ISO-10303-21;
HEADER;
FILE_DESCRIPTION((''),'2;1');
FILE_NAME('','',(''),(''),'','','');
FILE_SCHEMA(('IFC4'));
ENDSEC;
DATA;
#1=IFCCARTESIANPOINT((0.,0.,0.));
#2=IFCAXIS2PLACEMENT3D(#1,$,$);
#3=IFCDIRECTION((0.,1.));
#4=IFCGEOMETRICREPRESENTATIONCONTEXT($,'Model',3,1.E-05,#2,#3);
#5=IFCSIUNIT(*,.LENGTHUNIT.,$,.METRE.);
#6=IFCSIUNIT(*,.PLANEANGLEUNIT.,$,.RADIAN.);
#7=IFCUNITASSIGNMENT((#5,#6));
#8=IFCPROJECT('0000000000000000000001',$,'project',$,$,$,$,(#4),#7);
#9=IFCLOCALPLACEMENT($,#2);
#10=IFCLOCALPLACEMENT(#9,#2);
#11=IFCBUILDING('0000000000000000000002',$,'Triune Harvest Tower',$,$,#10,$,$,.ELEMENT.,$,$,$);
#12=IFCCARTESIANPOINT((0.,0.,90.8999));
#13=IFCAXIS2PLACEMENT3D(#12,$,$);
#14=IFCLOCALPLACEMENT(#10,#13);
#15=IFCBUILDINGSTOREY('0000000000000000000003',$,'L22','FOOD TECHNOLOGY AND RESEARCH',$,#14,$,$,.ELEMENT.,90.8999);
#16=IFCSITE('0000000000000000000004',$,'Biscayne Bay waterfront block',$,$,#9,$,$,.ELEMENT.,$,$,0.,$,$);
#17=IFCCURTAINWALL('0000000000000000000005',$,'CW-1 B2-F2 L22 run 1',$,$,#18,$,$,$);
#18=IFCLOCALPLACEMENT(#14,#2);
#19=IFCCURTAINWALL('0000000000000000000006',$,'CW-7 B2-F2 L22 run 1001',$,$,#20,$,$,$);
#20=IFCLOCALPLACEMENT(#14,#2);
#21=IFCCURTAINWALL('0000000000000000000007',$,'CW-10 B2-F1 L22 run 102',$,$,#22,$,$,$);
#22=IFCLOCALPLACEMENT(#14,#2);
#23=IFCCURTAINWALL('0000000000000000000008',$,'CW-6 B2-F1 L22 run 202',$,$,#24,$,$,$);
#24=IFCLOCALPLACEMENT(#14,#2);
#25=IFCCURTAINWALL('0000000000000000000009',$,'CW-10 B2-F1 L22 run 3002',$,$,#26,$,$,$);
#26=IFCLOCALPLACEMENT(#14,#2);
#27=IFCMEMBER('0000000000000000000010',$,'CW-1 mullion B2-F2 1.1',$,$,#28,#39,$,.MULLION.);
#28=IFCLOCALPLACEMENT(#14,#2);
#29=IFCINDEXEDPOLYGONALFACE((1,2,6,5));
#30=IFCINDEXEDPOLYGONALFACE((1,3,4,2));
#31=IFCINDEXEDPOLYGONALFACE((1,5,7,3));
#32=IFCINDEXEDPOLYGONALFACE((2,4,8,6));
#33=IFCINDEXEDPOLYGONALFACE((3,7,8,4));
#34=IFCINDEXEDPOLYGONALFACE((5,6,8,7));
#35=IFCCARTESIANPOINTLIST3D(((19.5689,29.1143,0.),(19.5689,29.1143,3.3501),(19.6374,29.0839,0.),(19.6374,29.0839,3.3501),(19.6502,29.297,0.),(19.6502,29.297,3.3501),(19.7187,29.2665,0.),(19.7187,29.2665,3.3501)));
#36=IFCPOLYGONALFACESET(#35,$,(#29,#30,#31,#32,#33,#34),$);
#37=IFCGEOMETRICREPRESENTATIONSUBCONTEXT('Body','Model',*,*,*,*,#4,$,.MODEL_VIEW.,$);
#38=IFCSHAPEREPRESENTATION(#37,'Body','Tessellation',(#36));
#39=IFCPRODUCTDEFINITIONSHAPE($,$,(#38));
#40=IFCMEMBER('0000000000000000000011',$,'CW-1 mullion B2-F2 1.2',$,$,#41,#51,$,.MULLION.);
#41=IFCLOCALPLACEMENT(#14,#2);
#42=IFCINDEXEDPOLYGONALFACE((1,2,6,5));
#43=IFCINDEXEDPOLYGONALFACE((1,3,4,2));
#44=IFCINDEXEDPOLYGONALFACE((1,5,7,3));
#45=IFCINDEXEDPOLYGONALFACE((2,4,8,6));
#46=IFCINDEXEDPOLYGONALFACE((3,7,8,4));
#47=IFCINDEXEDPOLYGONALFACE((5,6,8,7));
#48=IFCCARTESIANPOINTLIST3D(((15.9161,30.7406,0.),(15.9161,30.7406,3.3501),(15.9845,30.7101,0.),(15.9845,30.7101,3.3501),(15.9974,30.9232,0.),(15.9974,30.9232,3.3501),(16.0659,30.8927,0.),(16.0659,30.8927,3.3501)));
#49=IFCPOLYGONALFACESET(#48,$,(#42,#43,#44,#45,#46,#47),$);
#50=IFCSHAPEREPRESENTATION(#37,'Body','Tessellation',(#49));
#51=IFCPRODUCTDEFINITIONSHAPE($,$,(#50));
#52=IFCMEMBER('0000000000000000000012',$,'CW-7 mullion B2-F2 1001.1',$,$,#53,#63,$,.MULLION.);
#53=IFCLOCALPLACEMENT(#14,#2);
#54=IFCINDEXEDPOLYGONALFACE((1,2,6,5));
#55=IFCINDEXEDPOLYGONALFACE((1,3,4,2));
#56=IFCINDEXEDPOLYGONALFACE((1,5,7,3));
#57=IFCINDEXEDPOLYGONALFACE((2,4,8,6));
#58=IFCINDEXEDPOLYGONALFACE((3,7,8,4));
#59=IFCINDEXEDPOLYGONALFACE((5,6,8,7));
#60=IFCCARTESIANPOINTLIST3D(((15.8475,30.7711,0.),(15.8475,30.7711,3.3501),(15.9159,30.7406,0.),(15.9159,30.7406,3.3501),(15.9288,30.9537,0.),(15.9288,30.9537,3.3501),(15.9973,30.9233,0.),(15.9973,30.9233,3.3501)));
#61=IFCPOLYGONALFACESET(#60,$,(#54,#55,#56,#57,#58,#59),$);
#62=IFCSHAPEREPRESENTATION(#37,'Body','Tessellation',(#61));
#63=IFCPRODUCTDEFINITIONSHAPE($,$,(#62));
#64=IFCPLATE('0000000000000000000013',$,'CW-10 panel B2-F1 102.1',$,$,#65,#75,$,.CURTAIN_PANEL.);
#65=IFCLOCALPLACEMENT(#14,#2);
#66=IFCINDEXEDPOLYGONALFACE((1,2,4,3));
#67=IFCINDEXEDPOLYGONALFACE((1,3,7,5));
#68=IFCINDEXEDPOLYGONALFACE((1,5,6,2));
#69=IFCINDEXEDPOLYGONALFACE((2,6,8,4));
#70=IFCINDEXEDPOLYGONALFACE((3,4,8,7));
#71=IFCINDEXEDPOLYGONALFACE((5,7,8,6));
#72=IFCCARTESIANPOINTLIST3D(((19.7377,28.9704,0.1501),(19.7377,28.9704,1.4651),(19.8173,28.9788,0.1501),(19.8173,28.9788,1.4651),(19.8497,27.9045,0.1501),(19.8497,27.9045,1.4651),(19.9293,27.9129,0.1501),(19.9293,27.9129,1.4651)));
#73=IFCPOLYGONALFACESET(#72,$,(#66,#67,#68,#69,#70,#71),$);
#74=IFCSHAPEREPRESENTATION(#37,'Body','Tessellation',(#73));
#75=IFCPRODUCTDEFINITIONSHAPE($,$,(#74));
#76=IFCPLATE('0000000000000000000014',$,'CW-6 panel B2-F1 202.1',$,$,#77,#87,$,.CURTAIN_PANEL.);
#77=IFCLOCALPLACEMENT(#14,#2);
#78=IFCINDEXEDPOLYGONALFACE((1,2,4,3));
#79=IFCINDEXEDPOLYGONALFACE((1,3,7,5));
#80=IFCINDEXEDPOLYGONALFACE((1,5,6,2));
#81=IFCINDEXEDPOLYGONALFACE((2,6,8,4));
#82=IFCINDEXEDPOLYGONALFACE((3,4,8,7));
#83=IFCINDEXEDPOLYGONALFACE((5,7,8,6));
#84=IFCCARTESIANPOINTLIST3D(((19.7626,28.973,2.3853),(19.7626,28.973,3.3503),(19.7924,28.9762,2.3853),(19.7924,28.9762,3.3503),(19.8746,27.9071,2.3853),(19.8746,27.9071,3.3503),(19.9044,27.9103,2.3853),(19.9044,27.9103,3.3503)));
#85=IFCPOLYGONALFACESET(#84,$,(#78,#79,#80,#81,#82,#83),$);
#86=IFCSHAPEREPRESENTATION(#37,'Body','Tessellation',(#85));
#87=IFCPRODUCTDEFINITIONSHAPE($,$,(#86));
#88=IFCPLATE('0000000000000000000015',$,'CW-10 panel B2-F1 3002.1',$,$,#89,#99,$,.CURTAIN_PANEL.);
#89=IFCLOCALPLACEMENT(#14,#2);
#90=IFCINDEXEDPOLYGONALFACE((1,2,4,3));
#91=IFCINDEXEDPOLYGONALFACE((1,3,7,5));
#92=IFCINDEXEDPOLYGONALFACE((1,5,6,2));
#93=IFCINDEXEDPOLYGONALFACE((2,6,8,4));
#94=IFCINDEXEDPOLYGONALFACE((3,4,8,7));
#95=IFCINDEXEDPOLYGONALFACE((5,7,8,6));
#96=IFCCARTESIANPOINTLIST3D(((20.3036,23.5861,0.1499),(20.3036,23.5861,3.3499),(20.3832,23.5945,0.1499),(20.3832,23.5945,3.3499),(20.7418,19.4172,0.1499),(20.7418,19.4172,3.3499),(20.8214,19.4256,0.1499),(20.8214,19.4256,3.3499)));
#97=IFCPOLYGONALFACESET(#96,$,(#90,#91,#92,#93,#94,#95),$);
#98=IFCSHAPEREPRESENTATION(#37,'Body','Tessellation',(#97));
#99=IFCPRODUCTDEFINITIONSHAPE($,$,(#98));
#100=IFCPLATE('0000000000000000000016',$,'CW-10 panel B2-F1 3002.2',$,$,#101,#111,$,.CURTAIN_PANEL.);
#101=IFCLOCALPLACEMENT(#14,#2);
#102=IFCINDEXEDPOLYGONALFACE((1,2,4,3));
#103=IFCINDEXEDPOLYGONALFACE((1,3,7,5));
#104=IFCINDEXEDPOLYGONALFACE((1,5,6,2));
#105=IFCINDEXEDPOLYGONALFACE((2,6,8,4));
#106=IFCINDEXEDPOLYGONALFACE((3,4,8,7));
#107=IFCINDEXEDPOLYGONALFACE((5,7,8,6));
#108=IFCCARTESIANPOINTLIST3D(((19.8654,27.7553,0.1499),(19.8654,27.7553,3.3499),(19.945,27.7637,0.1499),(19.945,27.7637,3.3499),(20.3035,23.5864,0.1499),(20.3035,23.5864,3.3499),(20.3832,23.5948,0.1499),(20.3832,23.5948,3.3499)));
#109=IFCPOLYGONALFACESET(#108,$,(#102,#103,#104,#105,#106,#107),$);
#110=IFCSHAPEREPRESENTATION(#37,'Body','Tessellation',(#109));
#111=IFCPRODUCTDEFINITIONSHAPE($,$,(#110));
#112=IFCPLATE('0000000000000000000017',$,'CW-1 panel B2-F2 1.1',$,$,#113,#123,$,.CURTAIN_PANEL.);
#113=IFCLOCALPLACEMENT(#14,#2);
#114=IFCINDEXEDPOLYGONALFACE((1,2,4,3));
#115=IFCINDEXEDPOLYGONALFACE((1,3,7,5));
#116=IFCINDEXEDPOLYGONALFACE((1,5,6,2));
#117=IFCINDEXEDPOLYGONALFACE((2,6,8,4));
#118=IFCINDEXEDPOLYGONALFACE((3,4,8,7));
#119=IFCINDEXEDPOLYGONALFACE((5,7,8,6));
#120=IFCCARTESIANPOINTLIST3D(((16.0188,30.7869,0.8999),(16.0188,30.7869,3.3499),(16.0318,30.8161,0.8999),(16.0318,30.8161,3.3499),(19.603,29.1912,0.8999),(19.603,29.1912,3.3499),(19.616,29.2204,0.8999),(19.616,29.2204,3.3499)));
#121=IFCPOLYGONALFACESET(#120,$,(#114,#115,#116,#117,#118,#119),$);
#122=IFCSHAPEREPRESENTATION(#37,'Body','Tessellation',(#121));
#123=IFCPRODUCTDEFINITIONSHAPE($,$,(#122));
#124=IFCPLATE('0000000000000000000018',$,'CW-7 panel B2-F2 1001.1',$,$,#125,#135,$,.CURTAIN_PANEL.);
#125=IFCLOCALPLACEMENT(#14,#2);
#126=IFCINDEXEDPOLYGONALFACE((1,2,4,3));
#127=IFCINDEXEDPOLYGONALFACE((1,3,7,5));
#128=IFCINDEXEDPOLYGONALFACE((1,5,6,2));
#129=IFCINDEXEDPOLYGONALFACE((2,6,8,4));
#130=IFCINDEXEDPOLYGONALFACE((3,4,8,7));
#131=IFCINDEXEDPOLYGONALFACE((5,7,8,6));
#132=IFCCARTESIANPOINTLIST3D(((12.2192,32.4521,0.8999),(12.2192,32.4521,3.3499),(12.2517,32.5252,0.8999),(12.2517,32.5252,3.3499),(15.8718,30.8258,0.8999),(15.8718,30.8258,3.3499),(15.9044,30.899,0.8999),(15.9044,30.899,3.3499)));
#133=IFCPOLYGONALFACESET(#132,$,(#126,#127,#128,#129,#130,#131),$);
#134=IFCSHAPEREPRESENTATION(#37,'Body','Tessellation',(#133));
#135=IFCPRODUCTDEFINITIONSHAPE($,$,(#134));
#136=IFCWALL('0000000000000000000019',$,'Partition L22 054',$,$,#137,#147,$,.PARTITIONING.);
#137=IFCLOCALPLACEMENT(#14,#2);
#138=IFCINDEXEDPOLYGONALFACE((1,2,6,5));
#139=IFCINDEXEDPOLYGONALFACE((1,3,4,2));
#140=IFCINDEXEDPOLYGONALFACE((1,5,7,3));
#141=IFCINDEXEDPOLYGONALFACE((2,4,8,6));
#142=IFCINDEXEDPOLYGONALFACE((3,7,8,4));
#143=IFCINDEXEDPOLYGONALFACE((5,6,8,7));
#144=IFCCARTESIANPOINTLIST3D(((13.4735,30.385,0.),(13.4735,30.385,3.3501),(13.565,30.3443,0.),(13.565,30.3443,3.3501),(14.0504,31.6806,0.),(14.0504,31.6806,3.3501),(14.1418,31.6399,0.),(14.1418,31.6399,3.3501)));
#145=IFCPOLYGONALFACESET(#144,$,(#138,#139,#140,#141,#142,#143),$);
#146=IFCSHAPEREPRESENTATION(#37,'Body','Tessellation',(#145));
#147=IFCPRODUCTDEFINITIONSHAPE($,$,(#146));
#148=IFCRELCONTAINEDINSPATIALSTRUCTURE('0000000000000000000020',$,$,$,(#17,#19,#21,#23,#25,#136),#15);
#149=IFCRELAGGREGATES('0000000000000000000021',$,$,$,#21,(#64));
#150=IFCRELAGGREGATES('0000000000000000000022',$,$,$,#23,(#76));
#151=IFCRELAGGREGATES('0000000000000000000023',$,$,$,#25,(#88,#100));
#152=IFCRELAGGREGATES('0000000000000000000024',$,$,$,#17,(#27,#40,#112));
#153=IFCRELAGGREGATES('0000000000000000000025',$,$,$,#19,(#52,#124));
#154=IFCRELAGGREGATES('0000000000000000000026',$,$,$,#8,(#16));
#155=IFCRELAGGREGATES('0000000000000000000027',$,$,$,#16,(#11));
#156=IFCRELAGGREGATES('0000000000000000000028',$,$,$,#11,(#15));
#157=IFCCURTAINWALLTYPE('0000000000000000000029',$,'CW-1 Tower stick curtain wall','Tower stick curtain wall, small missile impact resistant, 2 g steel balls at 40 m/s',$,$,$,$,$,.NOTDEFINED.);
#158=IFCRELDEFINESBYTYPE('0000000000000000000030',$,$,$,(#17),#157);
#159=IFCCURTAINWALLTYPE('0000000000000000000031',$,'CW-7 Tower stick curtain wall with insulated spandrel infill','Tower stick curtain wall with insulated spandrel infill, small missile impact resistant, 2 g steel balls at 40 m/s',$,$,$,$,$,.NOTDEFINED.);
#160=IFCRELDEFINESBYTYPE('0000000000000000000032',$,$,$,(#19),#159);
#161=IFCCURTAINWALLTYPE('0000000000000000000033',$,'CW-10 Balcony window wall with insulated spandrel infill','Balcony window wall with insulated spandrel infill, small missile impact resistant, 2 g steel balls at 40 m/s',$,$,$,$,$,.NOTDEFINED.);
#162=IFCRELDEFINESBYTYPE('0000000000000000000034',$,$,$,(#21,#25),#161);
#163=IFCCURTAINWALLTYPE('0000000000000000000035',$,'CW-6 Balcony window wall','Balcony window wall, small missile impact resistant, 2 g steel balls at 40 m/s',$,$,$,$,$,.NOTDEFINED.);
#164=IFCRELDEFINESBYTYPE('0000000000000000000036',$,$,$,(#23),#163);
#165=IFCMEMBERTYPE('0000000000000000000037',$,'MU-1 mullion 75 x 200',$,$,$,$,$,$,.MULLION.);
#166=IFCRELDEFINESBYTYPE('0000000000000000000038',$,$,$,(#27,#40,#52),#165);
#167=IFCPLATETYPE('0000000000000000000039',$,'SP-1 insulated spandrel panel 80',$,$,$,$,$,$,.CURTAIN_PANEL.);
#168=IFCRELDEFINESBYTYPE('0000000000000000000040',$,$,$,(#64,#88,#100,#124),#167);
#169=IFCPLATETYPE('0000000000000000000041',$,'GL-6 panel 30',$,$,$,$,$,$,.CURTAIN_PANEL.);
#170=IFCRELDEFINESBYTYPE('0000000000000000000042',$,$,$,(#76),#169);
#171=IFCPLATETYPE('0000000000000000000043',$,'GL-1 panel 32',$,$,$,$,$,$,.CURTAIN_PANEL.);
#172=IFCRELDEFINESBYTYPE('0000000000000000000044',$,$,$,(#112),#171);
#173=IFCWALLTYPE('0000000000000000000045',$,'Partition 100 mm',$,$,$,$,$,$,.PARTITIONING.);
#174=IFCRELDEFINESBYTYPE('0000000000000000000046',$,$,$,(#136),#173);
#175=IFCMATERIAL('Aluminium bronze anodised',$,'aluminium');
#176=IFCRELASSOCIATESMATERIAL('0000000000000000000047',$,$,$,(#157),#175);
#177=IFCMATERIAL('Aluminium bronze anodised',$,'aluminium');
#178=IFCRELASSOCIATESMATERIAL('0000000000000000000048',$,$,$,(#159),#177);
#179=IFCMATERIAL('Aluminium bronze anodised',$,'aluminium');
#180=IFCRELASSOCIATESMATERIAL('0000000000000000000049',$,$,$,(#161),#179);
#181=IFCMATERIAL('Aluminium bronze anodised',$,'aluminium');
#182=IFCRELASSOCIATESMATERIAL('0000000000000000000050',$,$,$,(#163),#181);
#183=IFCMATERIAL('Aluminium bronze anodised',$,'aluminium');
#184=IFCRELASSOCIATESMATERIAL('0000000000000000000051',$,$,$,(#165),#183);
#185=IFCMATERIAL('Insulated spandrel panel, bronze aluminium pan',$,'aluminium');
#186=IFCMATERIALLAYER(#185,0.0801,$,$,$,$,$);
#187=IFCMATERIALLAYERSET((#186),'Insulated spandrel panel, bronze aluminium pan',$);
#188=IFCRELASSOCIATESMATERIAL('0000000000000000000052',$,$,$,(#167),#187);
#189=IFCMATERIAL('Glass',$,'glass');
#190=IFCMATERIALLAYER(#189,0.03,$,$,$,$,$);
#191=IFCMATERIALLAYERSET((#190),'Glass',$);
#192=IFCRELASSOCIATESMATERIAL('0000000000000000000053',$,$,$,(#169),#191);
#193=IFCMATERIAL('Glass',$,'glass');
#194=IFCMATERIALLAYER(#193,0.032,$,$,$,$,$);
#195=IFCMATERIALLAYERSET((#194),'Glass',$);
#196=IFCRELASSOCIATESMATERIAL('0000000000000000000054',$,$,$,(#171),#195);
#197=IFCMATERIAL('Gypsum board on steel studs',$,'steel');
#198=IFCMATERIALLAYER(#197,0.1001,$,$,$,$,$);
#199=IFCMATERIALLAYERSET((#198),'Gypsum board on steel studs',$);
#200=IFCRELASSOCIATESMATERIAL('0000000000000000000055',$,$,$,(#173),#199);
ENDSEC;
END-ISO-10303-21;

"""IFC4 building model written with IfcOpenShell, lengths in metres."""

from ifc_helpers import new_model, si_unit, direction, frame, frame_2d, origin, origin_2d, place, context, subcontext, project, spatial, rectangle, extrude, source, transform, mapped, material, layer, layer_set, material_profile, profile_set, type_object, element, aggregate, save


model = new_model("IFC4")

# Units and contexts
model_context = context("Model", 3, precision=1e-05, world=origin(), true_north=direction((0.0, 1.0)))
body_context = subcontext(model_context, "Body", "Model", "MODEL_VIEW")
ifc_project = project(units=[si_unit("LENGTHUNIT", "METRE"), si_unit("PLANEANGLEUNIT", "RADIAN")], contexts=[model_context])

# Site, building, storey
site_placement = place(None, origin())
site = spatial("IfcSite", under=ifc_project, at=site_placement, Name="Biscayne Bay waterfront block", CompositionType="ELEMENT", RefElevation=0.0)
building_placement = place(site_placement, origin())
building = spatial("IfcBuilding", under=site, at=building_placement, Name="Triune Harvest Tower", CompositionType="ELEMENT")
storey_placement = place(building_placement, frame((0.0, 0.0, 90.8999)))
storey = spatial("IfcBuildingStorey", under=building, at=storey_placement, Name="L22", Description="FOOD TECHNOLOGY AND RESEARCH", CompositionType="ELEMENT", Elevation=90.8999)

# Curtain walls
ifc_material_1 = material(Name="Aluminium bronze anodised", Category="aluminium")
curtain_wall_type_1 = type_object("IfcCurtainWallType", Name="CW-1 Tower stick curtain wall", Description="Tower stick curtain wall, small missile impact resistant, 2 g steel balls at 40 m/s", PredefinedType="NOTDEFINED", material=ifc_material_1)
curtain_wall_1_placement = place(storey_placement, origin())
curtain_wall_1 = element("IfcCurtainWall", 1, at=curtain_wall_1_placement, inside=storey, type_object=curtain_wall_type_1, Name="CW-1 B2-F2 L22 run 1")
ifc_material_2 = material(Name="Aluminium bronze anodised", Category="aluminium")
curtain_wall_type_2 = type_object("IfcCurtainWallType", Name="CW-7 Tower stick curtain wall with insulated spandrel infill", Description="Tower stick curtain wall with insulated spandrel infill, small missile impact resistant, 2 g steel balls at 40 m/s", PredefinedType="NOTDEFINED", material=ifc_material_2)
curtain_wall_2_placement = place(storey_placement, origin())
curtain_wall_2 = element("IfcCurtainWall", 2, at=curtain_wall_2_placement, inside=storey, type_object=curtain_wall_type_2, Name="CW-7 B2-F2 L22 run 1001")

# Curtain walls
ifc_material_3 = material(Name="Aluminium bronze anodised", Category="aluminium")
curtain_wall_type_3 = type_object("IfcCurtainWallType", Name="CW-10 Balcony window wall with insulated spandrel infill", Description="Balcony window wall with insulated spandrel infill, small missile impact resistant, 2 g steel balls at 40 m/s", PredefinedType="NOTDEFINED", material=ifc_material_3)
curtain_wall_3_placement = place(storey_placement, origin())
curtain_wall_3 = element("IfcCurtainWall", 3, at=curtain_wall_3_placement, inside=storey, type_object=curtain_wall_type_3, Name="CW-10 B2-F1 L22 run 102")
ifc_material_4 = material(Name="Aluminium bronze anodised", Category="aluminium")
curtain_wall_type_4 = type_object("IfcCurtainWallType", Name="CW-6 Balcony window wall", Description="Balcony window wall, small missile impact resistant, 2 g steel balls at 40 m/s", PredefinedType="NOTDEFINED", material=ifc_material_4)
curtain_wall_4_placement = place(storey_placement, origin())
curtain_wall_4 = element("IfcCurtainWall", 4, at=curtain_wall_4_placement, inside=storey, type_object=curtain_wall_type_4, Name="CW-6 B2-F1 L22 run 202")

# Curtain wall
curtain_wall_5_placement = place(storey_placement, origin())
curtain_wall_5 = element("IfcCurtainWall", 5, at=curtain_wall_5_placement, inside=storey, type_object=curtain_wall_type_3, Name="CW-10 B2-F1 L22 run 3002")

# Members
ifc_material_5 = material(Name="Aluminium bronze anodised", Category="aluminium")
ifc_material_profile_1 = material_profile(ifc_material_5, rectangle(XDim=0.2, YDim=0.075, at=origin_2d()), Name="MU-1 mullion 75 x 200")
ifc_profile_set_1 = profile_set([ifc_material_profile_1], Name="Aluminium bronze anodised")
member_type_1 = type_object("IfcMemberType", Name="MU-1 mullion 75 x 200", PredefinedType="MULLION", material=ifc_profile_set_1)
shared_shape_1 = source(origin(), body_context, "Body", "SweptSolid", [
    extrude(rectangle(XDim=0.2, YDim=0.075, at=origin_2d()), origin(), (0.0, 0.0, 1.0), 3.3501),
])
member_1_placement = place(storey_placement, frame((19.6438, 29.1904, 0.0), z_axis=(0.0, 0.0, 1.0), x_axis=(-0.406731, -0.913548, 0.0)))
member_1 = element("IfcMember", 6, at=member_1_placement, type_object=member_type_1, Name="CW-1 mullion B2-F2 1.1", PredefinedType="MULLION", context=body_context, shape_type="MappedRepresentation", body=[
    mapped(shared_shape_1, transform((0.0, 0.0, 0.0), scale=1.0)),
])
member_2_placement = place(storey_placement, frame((15.991, 30.8167, 0.0), z_axis=(0.0, 0.0, 1.0), x_axis=(-0.406731, -0.913548, 0.0)))
member_2 = element("IfcMember", 7, at=member_2_placement, type_object=member_type_1, Name="CW-1 mullion B2-F2 1.2", PredefinedType="MULLION", context=body_context, shape_type="MappedRepresentation", body=[
    mapped(shared_shape_1, transform((0.0, 0.0, 0.0), scale=1.0)),
])
member_3_placement = place(storey_placement, frame((15.9224, 30.8472, 0.0), z_axis=(0.0, 0.0, 1.0), x_axis=(-0.406735, -0.913546, 0.0)))
member_3 = element("IfcMember", 8, at=member_3_placement, type_object=member_type_1, Name="CW-7 mullion B2-F2 1001.1", PredefinedType="MULLION", context=body_context, shape_type="MappedRepresentation", body=[
    mapped(shared_shape_1, transform((0.0, 0.0, 0.0), scale=1.0)),
])

# Plates
ifc_material_6 = material(Name="Insulated spandrel panel, bronze aluminium pan", Category="aluminium")
ifc_layer_1 = layer(ifc_material_6, 0.0801)
ifc_layer_set_1 = layer_set([ifc_layer_1], Name="Insulated spandrel panel, bronze aluminium pan")
plate_type_1 = type_object("IfcPlateType", Name="SP-1 insulated spandrel panel 80", PredefinedType="CURTAIN_PANEL", material=ifc_layer_set_1)
plate_1_placement = place(storey_placement, frame((19.8335, 28.4417, 0.1501), z_axis=(0.0, 0.0, 1.0), x_axis=(-0.104519, 0.994523, 0.0)))
plate_1 = element("IfcPlate", 9, at=plate_1_placement, type_object=plate_type_1, Name="CW-10 panel B2-F1 102.1", PredefinedType="CURTAIN_PANEL", context=body_context, shape_type="SweptSolid", body=[
    extrude(rectangle(XDim=1.0718, YDim=0.0801, at=origin_2d()), origin(), (0.0, 0.0, 1.0), 1.3149),
])
aggregate(curtain_wall_3, [plate_1])
ifc_material_7 = material(Name="Glass", Category="glass")
ifc_layer_2 = layer(ifc_material_7, 0.03)
ifc_layer_set_2 = layer_set([ifc_layer_2], Name="Glass")
plate_type_2 = type_object("IfcPlateType", Name="GL-6 panel 30", PredefinedType="CURTAIN_PANEL", material=ifc_layer_set_2)
shared_shape_2 = source(origin(), body_context, "Body", "SweptSolid", [
    extrude(rectangle(XDim=1.0718, YDim=0.03, at=origin_2d()), origin(), (0.0, 0.0, 1.0), 0.9651),
])
plate_2_placement = place(storey_placement, frame((19.8335, 28.4417, 2.3853), z_axis=(0.0, 0.0, 1.0), x_axis=(-0.104519, 0.994523, 0.0)))
plate_2 = element("IfcPlate", 10, at=plate_2_placement, type_object=plate_type_2, Name="CW-6 panel B2-F1 202.1", PredefinedType="CURTAIN_PANEL", context=body_context, shape_type="MappedRepresentation", body=[
    mapped(shared_shape_2, transform((0.0, 0.0, 0.0), scale=1.0)),
])
aggregate(curtain_wall_4, [plate_2])
shared_shape_3 = source(origin(), body_context, "Body", "SweptSolid", [
    extrude(rectangle(XDim=4.1919, YDim=0.0801, at=origin_2d()), origin(), (0.0, 0.0, 1.0), 3.2),
])
plate_3_placement = place(storey_placement, frame((20.5625, 21.5059, 0.1499), z_axis=(0.0, 0.0, 1.0), x_axis=(-0.104525, 0.994522, 0.0)))
plate_3 = element("IfcPlate", 11, at=plate_3_placement, type_object=plate_type_1, Name="CW-10 panel B2-F1 3002.1", PredefinedType="CURTAIN_PANEL", context=body_context, shape_type="MappedRepresentation", body=[
    mapped(shared_shape_3, transform((0.0, 0.0, 0.0), scale=1.0)),
])
plate_4_placement = place(storey_placement, frame((20.1243, 25.675, 0.1499), z_axis=(0.0, 0.0, 1.0), x_axis=(-0.104525, 0.994522, 0.0)))
plate_4 = element("IfcPlate", 12, at=plate_4_placement, type_object=plate_type_1, Name="CW-10 panel B2-F1 3002.2", PredefinedType="CURTAIN_PANEL", context=body_context, shape_type="MappedRepresentation", body=[
    mapped(shared_shape_3, transform((0.0, 0.0, 0.0), scale=1.0)),
])
aggregate(curtain_wall_5, [plate_3, plate_4])
ifc_material_8 = material(Name="Glass", Category="glass")
ifc_layer_3 = layer(ifc_material_8, 0.032)
ifc_layer_set_3 = layer_set([ifc_layer_3], Name="Glass")
plate_type_3 = type_object("IfcPlateType", Name="GL-1 panel 32", PredefinedType="CURTAIN_PANEL", material=ifc_layer_set_3)
shared_shape_4 = source(origin(), body_context, "Body", "SweptSolid", [
    extrude(rectangle(XDim=3.9233, YDim=0.032, at=origin_2d()), origin(), (0.0, 0.0, 1.0), 2.45),
])
plate_5_placement = place(storey_placement, frame((17.8174, 30.0037, 0.8999), z_axis=(0.0, 0.0, 1.0), x_axis=(-0.913548, 0.406731, 0.0)))
plate_5 = element("IfcPlate", 13, at=plate_5_placement, type_object=plate_type_3, Name="CW-1 panel B2-F2 1.1", PredefinedType="CURTAIN_PANEL", context=body_context, shape_type="MappedRepresentation", body=[
    mapped(shared_shape_4, transform((0.0, 0.0, 0.0), scale=1.0)),
])
aggregate(curtain_wall_1, [member_1, member_2, plate_5])
shared_shape_5 = source(origin(), body_context, "Body", "SweptSolid", [
    extrude(rectangle(XDim=3.9983, YDim=0.0801, at=origin_2d()), origin(), (0.0, 0.0, 1.0), 2.45),
])
plate_6_placement = place(storey_placement, frame((14.0618, 31.6755, 0.8999), z_axis=(0.0, 0.0, 1.0), x_axis=(-0.913546, 0.406735, 0.0)))
plate_6 = element("IfcPlate", 14, at=plate_6_placement, type_object=plate_type_1, Name="CW-7 panel B2-F2 1001.1", PredefinedType="CURTAIN_PANEL", context=body_context, shape_type="MappedRepresentation", body=[
    mapped(shared_shape_5, transform((0.0, 0.0, 0.0), scale=1.0)),
])
aggregate(curtain_wall_2, [member_3, plate_6])

# Wall
ifc_material_9 = material(Name="Gypsum board on steel studs", Category="steel")
ifc_layer_4 = layer(ifc_material_9, 0.1001)
ifc_layer_set_4 = layer_set([ifc_layer_4], Name="Gypsum board on steel studs")
wall_type = type_object("IfcWallType", Name="Partition 100 mm", PredefinedType="PARTITIONING", material=ifc_layer_set_4)
shared_shape_6 = source(origin(), body_context, "Body", "SweptSolid", [
    extrude(rectangle(XDim=1.4182, YDim=0.1001, at=frame_2d((0.709, 0.0))), origin(), (0.0, 0.0, 1.0), 3.3501),
])
wall_placement = place(storey_placement, frame((13.5193, 30.3647, 0.0), z_axis=(0.0, 0.0, 1.0), x_axis=(0.406761, 0.913534, 0.0)))
element("IfcWall", 15, at=wall_placement, inside=storey, type_object=wall_type, Name="Partition L22 054", PredefinedType="PARTITIONING", context=body_context, shape_type="MappedRepresentation", body=[
    mapped(shared_shape_6, transform((0.0, 0.0, 0.0), scale=1.0)),
])

save(model, "model.ifc")
